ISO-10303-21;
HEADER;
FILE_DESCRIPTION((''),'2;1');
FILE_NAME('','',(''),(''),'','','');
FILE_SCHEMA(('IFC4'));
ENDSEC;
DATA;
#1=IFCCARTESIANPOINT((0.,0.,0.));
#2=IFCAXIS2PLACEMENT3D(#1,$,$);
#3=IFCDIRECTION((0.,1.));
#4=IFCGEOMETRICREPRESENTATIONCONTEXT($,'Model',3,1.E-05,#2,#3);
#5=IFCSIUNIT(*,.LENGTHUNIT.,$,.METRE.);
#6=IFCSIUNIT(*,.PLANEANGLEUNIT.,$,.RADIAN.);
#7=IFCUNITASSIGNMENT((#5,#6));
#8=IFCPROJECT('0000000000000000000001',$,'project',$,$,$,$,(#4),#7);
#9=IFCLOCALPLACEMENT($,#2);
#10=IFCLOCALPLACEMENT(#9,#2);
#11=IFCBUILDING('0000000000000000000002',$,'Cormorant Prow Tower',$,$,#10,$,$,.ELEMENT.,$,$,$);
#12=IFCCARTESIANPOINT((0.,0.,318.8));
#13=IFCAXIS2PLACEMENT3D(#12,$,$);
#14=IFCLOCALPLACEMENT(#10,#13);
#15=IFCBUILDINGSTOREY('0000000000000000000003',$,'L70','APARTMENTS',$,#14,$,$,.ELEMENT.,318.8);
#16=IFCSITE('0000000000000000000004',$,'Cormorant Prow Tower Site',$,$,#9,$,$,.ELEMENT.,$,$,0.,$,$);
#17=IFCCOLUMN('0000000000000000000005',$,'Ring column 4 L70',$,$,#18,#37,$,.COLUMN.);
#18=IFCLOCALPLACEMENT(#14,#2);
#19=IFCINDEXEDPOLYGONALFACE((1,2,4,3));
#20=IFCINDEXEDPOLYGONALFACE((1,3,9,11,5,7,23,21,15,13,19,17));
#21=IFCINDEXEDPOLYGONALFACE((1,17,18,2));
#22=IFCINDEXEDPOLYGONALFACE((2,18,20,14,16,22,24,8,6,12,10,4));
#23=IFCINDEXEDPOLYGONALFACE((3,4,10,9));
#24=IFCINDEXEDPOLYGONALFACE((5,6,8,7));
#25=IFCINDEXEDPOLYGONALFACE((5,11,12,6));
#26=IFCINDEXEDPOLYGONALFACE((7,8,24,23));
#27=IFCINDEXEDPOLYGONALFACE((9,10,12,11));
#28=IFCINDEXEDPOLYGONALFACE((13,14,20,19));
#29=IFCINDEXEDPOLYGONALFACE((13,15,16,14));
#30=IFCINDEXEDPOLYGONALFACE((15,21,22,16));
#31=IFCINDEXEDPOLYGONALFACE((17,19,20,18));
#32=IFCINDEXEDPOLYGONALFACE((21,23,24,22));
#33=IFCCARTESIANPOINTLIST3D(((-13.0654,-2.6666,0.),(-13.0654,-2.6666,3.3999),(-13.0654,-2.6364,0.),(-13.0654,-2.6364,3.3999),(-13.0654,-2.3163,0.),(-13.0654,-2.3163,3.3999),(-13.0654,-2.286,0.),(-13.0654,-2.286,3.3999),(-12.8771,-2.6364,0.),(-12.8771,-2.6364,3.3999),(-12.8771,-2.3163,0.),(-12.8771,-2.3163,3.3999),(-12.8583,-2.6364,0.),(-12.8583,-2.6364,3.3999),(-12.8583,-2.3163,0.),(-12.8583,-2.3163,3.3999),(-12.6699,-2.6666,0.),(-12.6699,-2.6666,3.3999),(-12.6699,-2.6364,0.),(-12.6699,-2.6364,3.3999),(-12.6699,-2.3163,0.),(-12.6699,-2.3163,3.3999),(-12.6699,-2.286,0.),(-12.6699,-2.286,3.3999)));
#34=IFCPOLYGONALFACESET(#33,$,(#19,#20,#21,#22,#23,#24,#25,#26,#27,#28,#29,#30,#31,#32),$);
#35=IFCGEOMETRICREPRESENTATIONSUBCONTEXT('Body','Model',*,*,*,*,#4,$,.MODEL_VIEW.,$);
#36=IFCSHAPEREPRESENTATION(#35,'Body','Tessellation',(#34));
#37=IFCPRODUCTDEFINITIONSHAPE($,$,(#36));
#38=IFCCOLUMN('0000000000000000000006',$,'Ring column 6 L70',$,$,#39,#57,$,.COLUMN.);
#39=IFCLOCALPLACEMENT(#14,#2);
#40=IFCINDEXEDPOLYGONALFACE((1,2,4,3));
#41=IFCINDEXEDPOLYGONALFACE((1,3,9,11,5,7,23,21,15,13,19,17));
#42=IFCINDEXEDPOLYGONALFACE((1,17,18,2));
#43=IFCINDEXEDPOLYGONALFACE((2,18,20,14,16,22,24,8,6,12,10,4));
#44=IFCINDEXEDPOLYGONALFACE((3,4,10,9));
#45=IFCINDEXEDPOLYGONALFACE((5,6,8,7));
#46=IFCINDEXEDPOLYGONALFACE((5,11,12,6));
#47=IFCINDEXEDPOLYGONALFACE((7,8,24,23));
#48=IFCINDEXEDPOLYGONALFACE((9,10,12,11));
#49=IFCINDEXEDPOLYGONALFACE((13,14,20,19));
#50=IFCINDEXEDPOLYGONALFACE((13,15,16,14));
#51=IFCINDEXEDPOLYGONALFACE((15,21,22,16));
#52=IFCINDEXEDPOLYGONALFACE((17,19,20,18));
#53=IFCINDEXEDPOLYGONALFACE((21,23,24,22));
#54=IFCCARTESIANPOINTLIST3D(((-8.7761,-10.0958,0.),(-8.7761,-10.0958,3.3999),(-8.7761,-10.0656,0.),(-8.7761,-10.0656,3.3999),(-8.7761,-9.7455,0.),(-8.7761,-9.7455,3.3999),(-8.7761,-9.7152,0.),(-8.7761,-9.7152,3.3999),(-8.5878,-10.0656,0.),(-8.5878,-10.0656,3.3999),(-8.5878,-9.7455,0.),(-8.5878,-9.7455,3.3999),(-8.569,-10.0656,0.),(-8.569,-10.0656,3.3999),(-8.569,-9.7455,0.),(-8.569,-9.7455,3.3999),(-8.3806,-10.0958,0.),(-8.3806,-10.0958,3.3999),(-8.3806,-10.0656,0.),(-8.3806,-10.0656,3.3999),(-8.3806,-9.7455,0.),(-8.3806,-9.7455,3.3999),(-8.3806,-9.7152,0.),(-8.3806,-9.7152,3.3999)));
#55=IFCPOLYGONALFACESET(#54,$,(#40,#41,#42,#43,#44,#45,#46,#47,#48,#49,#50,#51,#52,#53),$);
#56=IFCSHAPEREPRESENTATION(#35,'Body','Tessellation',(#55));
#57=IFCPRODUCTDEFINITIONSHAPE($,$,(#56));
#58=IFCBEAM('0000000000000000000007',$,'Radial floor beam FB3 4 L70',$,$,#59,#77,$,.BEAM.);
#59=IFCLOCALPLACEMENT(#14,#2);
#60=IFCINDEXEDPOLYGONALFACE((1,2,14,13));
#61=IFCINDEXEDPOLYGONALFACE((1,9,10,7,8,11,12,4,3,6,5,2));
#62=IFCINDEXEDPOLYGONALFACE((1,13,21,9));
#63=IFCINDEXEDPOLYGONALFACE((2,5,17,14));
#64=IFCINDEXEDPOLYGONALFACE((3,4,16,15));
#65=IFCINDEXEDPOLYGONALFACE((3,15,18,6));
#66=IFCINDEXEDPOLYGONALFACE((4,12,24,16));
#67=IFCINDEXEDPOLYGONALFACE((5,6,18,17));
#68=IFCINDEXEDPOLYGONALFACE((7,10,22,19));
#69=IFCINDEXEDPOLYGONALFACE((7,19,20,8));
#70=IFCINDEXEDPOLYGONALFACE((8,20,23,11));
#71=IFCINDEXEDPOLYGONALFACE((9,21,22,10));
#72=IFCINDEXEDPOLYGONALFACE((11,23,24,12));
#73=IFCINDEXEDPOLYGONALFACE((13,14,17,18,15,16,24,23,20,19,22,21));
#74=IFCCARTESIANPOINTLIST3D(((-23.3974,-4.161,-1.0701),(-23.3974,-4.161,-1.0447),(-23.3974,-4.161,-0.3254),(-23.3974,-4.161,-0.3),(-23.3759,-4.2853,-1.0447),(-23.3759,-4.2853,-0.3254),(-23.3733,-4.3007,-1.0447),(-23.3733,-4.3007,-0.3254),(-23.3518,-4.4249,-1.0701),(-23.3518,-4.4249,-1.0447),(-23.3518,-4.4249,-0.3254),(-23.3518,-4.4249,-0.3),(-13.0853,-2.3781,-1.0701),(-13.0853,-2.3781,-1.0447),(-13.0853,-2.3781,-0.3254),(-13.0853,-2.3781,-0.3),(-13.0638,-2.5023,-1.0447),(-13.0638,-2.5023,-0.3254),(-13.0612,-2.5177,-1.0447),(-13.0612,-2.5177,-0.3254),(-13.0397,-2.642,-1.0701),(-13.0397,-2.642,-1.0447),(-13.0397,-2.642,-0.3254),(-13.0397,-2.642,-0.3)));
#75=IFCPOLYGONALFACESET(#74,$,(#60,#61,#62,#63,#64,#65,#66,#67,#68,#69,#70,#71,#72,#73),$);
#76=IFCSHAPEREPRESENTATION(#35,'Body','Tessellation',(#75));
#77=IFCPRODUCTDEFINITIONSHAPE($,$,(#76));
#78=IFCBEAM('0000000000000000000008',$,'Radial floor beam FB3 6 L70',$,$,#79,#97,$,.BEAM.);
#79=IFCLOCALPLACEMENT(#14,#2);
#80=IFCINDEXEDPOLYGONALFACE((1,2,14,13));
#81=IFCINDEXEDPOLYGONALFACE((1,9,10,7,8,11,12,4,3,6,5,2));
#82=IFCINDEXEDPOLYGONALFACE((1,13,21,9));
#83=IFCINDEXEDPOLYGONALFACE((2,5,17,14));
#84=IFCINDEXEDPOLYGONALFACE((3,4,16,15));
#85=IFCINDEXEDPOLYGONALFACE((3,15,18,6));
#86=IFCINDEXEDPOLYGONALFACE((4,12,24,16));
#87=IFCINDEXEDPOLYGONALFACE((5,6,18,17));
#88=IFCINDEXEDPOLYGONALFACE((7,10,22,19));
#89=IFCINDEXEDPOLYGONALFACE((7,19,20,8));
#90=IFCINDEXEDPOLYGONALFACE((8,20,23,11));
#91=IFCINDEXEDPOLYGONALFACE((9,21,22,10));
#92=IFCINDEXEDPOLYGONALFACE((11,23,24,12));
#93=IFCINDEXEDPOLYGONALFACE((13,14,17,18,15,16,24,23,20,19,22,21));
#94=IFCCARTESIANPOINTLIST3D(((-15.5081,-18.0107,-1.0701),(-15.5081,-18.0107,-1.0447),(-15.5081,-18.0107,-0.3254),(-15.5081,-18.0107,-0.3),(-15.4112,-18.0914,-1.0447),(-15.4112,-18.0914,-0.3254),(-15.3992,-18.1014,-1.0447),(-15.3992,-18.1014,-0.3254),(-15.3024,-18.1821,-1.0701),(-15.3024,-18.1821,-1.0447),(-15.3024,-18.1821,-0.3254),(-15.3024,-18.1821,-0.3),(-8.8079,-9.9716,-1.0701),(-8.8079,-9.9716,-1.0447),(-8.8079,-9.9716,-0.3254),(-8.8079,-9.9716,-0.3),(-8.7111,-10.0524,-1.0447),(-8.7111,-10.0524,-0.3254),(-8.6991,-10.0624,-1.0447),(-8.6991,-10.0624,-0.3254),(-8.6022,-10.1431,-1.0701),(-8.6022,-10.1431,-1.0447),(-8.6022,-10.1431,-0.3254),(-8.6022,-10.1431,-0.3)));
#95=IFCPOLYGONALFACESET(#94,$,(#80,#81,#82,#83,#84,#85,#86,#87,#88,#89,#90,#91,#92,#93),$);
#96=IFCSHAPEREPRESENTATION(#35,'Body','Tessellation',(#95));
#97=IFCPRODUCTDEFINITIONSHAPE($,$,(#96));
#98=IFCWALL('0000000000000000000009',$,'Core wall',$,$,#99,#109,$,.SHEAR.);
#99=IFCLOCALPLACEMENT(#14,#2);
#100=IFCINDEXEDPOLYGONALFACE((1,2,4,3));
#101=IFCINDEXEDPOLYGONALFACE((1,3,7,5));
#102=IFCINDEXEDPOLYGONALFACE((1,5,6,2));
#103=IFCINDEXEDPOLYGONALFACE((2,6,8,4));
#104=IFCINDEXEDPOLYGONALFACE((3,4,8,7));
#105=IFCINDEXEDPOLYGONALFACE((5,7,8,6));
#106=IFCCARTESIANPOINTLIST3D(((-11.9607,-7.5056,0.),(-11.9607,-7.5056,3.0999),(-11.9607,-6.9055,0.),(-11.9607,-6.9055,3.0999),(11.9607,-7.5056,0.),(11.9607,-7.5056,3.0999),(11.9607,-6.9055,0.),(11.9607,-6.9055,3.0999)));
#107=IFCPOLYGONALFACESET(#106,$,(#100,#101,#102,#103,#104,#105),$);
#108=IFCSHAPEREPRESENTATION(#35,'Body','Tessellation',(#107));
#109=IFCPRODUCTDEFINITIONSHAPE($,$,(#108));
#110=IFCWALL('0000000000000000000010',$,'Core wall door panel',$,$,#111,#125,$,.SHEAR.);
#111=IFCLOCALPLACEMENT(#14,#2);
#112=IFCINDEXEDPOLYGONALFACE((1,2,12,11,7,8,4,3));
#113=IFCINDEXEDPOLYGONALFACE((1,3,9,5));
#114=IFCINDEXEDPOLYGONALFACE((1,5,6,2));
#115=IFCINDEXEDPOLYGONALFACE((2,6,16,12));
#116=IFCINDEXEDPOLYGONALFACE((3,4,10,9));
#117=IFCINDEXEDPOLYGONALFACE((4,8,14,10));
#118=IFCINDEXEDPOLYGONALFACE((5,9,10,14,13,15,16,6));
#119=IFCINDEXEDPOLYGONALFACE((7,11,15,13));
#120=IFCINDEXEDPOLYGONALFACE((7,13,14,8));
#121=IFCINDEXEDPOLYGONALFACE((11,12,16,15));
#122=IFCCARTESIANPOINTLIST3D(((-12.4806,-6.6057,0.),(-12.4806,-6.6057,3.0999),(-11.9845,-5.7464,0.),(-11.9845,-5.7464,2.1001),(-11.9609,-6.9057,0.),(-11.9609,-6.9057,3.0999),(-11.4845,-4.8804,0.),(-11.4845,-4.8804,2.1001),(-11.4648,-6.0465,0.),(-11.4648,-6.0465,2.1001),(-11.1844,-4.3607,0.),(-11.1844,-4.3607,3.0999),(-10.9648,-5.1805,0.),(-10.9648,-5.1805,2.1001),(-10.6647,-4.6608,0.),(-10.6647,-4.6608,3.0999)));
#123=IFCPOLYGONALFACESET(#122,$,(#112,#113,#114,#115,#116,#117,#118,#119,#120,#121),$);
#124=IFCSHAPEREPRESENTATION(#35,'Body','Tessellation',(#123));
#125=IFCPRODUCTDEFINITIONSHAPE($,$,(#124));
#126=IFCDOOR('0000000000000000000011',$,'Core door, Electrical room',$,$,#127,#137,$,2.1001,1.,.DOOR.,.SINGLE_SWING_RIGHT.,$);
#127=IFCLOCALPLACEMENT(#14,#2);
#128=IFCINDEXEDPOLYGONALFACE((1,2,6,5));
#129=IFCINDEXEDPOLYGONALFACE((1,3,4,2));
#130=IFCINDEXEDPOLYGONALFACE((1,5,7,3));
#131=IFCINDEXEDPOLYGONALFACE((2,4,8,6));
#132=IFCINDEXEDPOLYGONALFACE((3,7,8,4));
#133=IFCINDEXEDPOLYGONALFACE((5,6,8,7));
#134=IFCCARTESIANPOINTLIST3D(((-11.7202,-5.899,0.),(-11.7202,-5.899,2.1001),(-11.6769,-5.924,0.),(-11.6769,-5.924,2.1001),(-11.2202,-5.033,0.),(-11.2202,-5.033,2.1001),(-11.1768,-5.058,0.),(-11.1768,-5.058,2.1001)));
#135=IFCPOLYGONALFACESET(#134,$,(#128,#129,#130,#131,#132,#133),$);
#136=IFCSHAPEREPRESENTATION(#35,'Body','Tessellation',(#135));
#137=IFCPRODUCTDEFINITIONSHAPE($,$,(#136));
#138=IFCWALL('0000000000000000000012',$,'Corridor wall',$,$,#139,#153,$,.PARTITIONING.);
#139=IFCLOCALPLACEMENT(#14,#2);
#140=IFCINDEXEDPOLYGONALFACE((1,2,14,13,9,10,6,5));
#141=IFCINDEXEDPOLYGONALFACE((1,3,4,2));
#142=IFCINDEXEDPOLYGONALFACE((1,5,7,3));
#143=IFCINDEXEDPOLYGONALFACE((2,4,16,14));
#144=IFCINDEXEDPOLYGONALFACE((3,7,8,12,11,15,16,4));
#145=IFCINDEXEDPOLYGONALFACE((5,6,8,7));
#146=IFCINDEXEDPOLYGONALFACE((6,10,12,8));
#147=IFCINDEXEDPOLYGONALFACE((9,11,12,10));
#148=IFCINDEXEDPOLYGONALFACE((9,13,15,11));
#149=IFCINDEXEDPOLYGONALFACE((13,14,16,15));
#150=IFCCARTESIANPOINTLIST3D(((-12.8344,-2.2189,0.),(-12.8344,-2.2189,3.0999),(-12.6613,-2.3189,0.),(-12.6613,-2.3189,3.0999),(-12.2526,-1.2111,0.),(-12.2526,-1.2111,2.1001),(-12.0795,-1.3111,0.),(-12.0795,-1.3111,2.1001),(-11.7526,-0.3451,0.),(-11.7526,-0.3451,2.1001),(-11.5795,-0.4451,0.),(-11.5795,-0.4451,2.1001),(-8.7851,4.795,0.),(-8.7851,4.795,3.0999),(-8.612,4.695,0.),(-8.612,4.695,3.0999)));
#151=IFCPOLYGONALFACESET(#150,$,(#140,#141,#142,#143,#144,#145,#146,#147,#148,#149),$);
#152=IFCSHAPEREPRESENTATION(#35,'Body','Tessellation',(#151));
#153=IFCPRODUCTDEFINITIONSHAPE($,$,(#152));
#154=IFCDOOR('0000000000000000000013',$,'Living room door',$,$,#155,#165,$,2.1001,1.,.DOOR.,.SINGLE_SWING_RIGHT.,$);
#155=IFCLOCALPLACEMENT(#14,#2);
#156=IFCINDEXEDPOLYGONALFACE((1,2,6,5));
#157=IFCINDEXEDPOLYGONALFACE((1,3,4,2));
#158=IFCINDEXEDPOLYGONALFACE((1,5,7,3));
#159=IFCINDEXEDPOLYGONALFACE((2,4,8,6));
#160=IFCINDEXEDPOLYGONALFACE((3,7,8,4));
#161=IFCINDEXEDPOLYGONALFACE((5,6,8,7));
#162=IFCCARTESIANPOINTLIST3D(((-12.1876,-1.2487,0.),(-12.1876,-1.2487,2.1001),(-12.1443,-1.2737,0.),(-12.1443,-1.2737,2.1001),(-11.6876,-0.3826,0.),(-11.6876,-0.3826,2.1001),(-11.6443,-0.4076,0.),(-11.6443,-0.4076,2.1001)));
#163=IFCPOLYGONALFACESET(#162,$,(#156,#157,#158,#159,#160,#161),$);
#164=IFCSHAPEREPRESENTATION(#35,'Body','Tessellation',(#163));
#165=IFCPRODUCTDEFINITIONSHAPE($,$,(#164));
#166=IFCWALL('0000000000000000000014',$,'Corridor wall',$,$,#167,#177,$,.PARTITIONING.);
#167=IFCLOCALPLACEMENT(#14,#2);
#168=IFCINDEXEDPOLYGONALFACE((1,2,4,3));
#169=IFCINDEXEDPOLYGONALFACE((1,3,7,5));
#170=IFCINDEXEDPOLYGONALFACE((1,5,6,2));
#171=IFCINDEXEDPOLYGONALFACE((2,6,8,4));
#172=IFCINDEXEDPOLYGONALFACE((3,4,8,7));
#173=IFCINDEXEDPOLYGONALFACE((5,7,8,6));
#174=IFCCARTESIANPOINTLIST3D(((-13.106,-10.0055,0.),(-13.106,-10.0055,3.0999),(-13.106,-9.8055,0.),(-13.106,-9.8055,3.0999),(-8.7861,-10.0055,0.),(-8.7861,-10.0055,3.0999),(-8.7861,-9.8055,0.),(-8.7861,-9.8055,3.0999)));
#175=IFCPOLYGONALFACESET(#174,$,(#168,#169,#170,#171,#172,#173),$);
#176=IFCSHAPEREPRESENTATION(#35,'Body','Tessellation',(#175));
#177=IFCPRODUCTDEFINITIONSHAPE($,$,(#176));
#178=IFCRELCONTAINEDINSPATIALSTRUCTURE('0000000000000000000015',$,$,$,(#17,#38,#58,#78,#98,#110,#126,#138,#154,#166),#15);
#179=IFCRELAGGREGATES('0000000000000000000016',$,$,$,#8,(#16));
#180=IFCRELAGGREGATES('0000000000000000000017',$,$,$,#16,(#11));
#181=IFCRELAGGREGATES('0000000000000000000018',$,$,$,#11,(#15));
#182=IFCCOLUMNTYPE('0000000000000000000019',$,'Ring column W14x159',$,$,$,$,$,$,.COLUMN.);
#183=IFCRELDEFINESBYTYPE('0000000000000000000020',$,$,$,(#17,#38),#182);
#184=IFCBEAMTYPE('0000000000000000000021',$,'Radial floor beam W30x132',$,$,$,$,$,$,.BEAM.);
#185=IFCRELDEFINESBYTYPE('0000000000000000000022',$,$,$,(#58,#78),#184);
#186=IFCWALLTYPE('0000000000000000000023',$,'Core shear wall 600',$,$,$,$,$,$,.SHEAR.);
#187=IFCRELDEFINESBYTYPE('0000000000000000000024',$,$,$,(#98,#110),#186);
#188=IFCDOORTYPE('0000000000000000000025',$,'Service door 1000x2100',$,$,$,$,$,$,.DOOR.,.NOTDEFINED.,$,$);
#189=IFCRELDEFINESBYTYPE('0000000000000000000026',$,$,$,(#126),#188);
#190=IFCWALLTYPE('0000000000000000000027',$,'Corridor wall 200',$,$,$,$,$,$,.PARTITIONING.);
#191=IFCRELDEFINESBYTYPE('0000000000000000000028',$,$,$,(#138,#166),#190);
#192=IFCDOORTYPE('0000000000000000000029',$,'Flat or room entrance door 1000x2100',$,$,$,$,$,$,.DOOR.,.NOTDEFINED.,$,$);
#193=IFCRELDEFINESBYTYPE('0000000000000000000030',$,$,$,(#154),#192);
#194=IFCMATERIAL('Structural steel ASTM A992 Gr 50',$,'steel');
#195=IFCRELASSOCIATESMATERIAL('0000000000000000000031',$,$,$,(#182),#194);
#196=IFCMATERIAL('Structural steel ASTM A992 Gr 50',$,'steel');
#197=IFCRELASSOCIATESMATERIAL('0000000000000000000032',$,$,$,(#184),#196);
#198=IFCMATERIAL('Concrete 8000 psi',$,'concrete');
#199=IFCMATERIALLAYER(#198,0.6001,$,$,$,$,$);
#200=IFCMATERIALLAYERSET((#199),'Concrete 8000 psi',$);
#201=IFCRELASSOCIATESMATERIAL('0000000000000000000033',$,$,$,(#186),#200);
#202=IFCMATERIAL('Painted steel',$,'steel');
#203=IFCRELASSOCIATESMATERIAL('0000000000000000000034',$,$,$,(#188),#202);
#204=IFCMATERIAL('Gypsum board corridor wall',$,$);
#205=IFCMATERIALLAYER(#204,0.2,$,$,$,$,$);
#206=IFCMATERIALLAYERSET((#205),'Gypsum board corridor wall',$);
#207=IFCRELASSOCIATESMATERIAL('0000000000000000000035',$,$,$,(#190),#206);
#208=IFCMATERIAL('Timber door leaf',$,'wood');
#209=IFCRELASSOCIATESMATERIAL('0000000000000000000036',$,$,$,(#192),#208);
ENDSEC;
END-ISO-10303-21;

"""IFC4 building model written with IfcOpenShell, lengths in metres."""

from ifc_helpers import new_model, si_unit, direction, frame, frame_2d, origin, origin_2d, place, context, subcontext, project, spatial, rectangle, i_section, extrude, material, layer, layer_set, material_profile, profile_set, type_object, element, fill, save


model = new_model("IFC4")

# Units and contexts
model_context = context("Model", 3, precision=1e-05, world=origin(), true_north=direction((0.0, 1.0)))
body_context = subcontext(model_context, "Body", "Model", "MODEL_VIEW")
ifc_project = project(units=[si_unit("LENGTHUNIT", "METRE"), si_unit("PLANEANGLEUNIT", "RADIAN")], contexts=[model_context])

# Site, building, storey
site_placement = place(None, origin())
site = spatial("IfcSite", under=ifc_project, at=site_placement, Name="Cormorant Prow Tower Site", CompositionType="ELEMENT", RefElevation=0.0)
building_placement = place(site_placement, origin())
building = spatial("IfcBuilding", under=site, at=building_placement, Name="Cormorant Prow Tower", CompositionType="ELEMENT")
storey_placement = place(building_placement, frame((0.0, 0.0, 318.8)))
storey = spatial("IfcBuildingStorey", under=building, at=storey_placement, Name="L70", Description="APARTMENTS", CompositionType="ELEMENT", Elevation=318.8)

# Columns
ifc_material_1 = material(Name="Structural steel ASTM A992 Gr 50", Category="steel")
ifc_material_profile_1 = material_profile(ifc_material_1, i_section(OverallWidth=0.3955, OverallDepth=0.3806, WebThickness=0.0188, FlangeThickness=0.0303, at=origin_2d()), Name="W14x159")
ifc_profile_set_1 = profile_set([ifc_material_profile_1], Name="Structural steel ASTM A992 Gr 50")
column_type = type_object("IfcColumnType", Name="Ring column W14x159", PredefinedType="COLUMN", material=ifc_profile_set_1)
for number, where, z_axis, x_axis, name in (
    (1, (-12.8677, -2.4763, 0.0), (0.0, 0.0, 1.0), (1.0, 0.0, 0.0), "Ring column 4 L70"),
    (2, (-8.5784, -9.9055, 0.0), (0.0, 0.0, 1.0), (1.0, 0.0, 0.0), "Ring column 6 L70"),
):
    element("IfcColumn", number, at=place(storey_placement, frame(where, z_axis=z_axis, x_axis=x_axis)), inside=storey, type_object=column_type, Name=name, PredefinedType="COLUMN", context=body_context, shape_type="SweptSolid", body=[
        extrude(i_section(OverallWidth=0.3955, OverallDepth=0.3806, WebThickness=0.0188, FlangeThickness=0.0303, at=origin_2d()), origin(), (0.0, 0.0, 1.0), 3.3999),
    ])

# Beams
ifc_material_2 = material(Name="Structural steel ASTM A992 Gr 50", Category="steel")
ifc_material_profile_2 = material_profile(ifc_material_2, i_section(OverallWidth=0.2678, OverallDepth=0.77, WebThickness=0.0156, FlangeThickness=0.0254, at=origin_2d()), Name="W30x132")
ifc_profile_set_2 = profile_set([ifc_material_profile_2], Name="Structural steel ASTM A992 Gr 50")
beam_type = type_object("IfcBeamType", Name="Radial floor beam W30x132", PredefinedType="BEAM", material=ifc_profile_set_2)
for number, where, z_axis, x_axis, name in (
    (3, (-13.0625, -2.51, -0.6851), (-0.98538, -0.170373, 0.0), (0.170373, -0.98538, 0.0), "Radial floor beam FB3 4 L70"),
    (4, (-8.7051, -10.0574, -0.6851), (-0.640239, -0.768175, 0.0), (0.768175, -0.640239, 0.0), "Radial floor beam FB3 6 L70"),
):
    element("IfcBeam", number, at=place(storey_placement, frame(where, z_axis=z_axis, x_axis=x_axis)), inside=storey, type_object=beam_type, Name=name, PredefinedType="BEAM", context=body_context, shape_type="SweptSolid", body=[
        extrude(i_section(OverallWidth=0.2678, OverallDepth=0.77, WebThickness=0.0156, FlangeThickness=0.0254, at=origin_2d()), origin(), (0.0, 0.0, 1.0), 10.4651),
    ])

# Wall
ifc_material_3 = material(Name="Concrete 8000 psi", Category="concrete")
ifc_layer_1 = layer(ifc_material_3, 0.6001)
ifc_layer_set_1 = layer_set([ifc_layer_1], Name="Concrete 8000 psi")
wall_type_1 = type_object("IfcWallType", Name="Core shear wall 600", PredefinedType="SHEAR", material=ifc_layer_set_1)
wall_1_placement = place(storey_placement, frame((-11.9607, -7.2056, 0.0), z_axis=(0.0, 0.0, 1.0), x_axis=(1.0, 0.0, 0.0)))
element("IfcWall", 5, at=wall_1_placement, inside=storey, type_object=wall_type_1, Name="Core wall", PredefinedType="SHEAR", context=body_context, shape_type="SweptSolid", body=[
    extrude(rectangle(XDim=23.9214, YDim=0.6001, at=frame_2d((11.9607, 0.0))), origin(), (0.0, 0.0, 1.0), 3.0999),
])

# Walls, openings, doors
wall_2_placement = place(storey_placement, frame((-10.9246, -4.5107, 0.0), z_axis=(0.0, 0.0, 1.0), x_axis=(-0.500019, -0.866015, 0.0)))
wall_2 = element("IfcWall", 6, at=wall_2_placement, inside=storey, type_object=wall_type_1, Name="Core wall door panel", PredefinedType="SHEAR", context=body_context, shape_type="SweptSolid", body=[
    extrude(rectangle(XDim=2.5923, YDim=0.6001, at=frame_2d((1.2961, 0.0))), origin(), (0.0, 0.0, 1.0), 3.0999),
])
opening_1_placement = place(wall_2_placement, frame((0.6001, 0.0, 0.0)))
opening_1 = element("IfcOpeningElement", 7, at=opening_1_placement, cuts=wall_2, PredefinedType="OPENING", context=body_context, shape_type="SweptSolid", body=[
    extrude(rectangle(XDim=1.0, YDim=2.1001, at=frame_2d((0.5, 1.05))), frame((0.0, 0.3101, 0.0), z_axis=(0.0, -1.0, 0.0), x_axis=(1.0, 0.0, 0.0)), (0.0, 0.0, 1.0), 0.6201),
])
ifc_material_4 = material(Name="Painted steel", Category="steel")
door_type_1 = type_object("IfcDoorType", Name="Service door 1000x2100", OperationType="NOTDEFINED", PredefinedType="DOOR", material=ifc_material_4)
door_1_placement = place(opening_1_placement, origin())
door_1 = element("IfcDoor", 8, at=door_1_placement, inside=storey, type_object=door_type_1, Name="Core door, Electrical room", OperationType="SINGLE_SWING_RIGHT", OverallHeight=2.1001, OverallWidth=1.0, PredefinedType="DOOR", context=body_context, shape_type="SweptSolid", body=[
    extrude(rectangle(XDim=1.0, YDim=2.1001, at=frame_2d((0.5, 1.05))), frame((0.0, 0.0552, 0.0), z_axis=(0.0, -1.0, 0.0), x_axis=(1.0, 0.0, 0.0)), (0.0, 0.0, 1.0), 0.05),
])
fill(opening_1, door_1)
ifc_material_5 = material(Name="Gypsum board corridor wall")
ifc_layer_2 = layer(ifc_material_5, 0.2)
ifc_layer_set_2 = layer_set([ifc_layer_2], Name="Gypsum board corridor wall")
wall_type_2 = type_object("IfcWallType", Name="Corridor wall 200", PredefinedType="PARTITIONING", material=ifc_layer_set_2)
wall_3_placement = place(storey_placement, frame((-12.7478, -2.2688, 0.0), z_axis=(0.0, 0.0, 1.0), x_axis=(0.499984, 0.866034, 0.0)))
wall_3 = element("IfcWall", 9, at=wall_3_placement, inside=storey, type_object=wall_type_2, Name="Corridor wall", PredefinedType="PARTITIONING", context=body_context, shape_type="SweptSolid", body=[
    extrude(rectangle(XDim=8.0989, YDim=0.2, at=frame_2d((4.0493, 0.0))), origin(), (0.0, 0.0, 1.0), 3.0999),
])
opening_2_placement = place(wall_3_placement, frame((1.1636, 0.0, 0.0)))
opening_2 = element("IfcOpeningElement", 10, at=opening_2_placement, cuts=wall_3, PredefinedType="OPENING", context=body_context, shape_type="SweptSolid", body=[
    extrude(rectangle(XDim=1.0, YDim=2.1001, at=frame_2d((0.5, 1.05))), frame((0.0, 0.1099, 0.0), z_axis=(0.0, -1.0, 0.0), x_axis=(1.0, 0.0, 0.0)), (0.0, 0.0, 1.0), 0.22),
])
ifc_material_6 = material(Name="Timber door leaf", Category="wood")
door_type_2 = type_object("IfcDoorType", Name="Flat or room entrance door 1000x2100", OperationType="NOTDEFINED", PredefinedType="DOOR", material=ifc_material_6)
door_2_placement = place(opening_2_placement, origin())
door_2 = element("IfcDoor", 11, at=door_2_placement, inside=storey, type_object=door_type_2, Name="Living room door", OperationType="SINGLE_SWING_RIGHT", OverallHeight=2.1001, OverallWidth=1.0, PredefinedType="DOOR", context=body_context, shape_type="SweptSolid", body=[
    extrude(rectangle(XDim=1.0, YDim=2.1001, at=frame_2d((0.5, 1.05))), frame((0.0, 0.0249, 0.0), z_axis=(0.0, -1.0, 0.0), x_axis=(1.0, 0.0, 0.0)), (0.0, 0.0, 1.0), 0.05),
])
fill(opening_2, door_2)

# Wall
wall_4_placement = place(storey_placement, frame((-13.106, -9.9055, 0.0), z_axis=(0.0, 0.0, 1.0), x_axis=(1.0, 0.0, 0.0)))
element("IfcWall", 12, at=wall_4_placement, inside=storey, type_object=wall_type_2, Name="Corridor wall", PredefinedType="PARTITIONING", context=body_context, shape_type="SweptSolid", body=[
    extrude(rectangle(XDim=4.3198, YDim=0.2, at=frame_2d((2.1599, 0.0))), origin(), (0.0, 0.0, 1.0), 3.0999),
])

save(model, "model.ifc")
